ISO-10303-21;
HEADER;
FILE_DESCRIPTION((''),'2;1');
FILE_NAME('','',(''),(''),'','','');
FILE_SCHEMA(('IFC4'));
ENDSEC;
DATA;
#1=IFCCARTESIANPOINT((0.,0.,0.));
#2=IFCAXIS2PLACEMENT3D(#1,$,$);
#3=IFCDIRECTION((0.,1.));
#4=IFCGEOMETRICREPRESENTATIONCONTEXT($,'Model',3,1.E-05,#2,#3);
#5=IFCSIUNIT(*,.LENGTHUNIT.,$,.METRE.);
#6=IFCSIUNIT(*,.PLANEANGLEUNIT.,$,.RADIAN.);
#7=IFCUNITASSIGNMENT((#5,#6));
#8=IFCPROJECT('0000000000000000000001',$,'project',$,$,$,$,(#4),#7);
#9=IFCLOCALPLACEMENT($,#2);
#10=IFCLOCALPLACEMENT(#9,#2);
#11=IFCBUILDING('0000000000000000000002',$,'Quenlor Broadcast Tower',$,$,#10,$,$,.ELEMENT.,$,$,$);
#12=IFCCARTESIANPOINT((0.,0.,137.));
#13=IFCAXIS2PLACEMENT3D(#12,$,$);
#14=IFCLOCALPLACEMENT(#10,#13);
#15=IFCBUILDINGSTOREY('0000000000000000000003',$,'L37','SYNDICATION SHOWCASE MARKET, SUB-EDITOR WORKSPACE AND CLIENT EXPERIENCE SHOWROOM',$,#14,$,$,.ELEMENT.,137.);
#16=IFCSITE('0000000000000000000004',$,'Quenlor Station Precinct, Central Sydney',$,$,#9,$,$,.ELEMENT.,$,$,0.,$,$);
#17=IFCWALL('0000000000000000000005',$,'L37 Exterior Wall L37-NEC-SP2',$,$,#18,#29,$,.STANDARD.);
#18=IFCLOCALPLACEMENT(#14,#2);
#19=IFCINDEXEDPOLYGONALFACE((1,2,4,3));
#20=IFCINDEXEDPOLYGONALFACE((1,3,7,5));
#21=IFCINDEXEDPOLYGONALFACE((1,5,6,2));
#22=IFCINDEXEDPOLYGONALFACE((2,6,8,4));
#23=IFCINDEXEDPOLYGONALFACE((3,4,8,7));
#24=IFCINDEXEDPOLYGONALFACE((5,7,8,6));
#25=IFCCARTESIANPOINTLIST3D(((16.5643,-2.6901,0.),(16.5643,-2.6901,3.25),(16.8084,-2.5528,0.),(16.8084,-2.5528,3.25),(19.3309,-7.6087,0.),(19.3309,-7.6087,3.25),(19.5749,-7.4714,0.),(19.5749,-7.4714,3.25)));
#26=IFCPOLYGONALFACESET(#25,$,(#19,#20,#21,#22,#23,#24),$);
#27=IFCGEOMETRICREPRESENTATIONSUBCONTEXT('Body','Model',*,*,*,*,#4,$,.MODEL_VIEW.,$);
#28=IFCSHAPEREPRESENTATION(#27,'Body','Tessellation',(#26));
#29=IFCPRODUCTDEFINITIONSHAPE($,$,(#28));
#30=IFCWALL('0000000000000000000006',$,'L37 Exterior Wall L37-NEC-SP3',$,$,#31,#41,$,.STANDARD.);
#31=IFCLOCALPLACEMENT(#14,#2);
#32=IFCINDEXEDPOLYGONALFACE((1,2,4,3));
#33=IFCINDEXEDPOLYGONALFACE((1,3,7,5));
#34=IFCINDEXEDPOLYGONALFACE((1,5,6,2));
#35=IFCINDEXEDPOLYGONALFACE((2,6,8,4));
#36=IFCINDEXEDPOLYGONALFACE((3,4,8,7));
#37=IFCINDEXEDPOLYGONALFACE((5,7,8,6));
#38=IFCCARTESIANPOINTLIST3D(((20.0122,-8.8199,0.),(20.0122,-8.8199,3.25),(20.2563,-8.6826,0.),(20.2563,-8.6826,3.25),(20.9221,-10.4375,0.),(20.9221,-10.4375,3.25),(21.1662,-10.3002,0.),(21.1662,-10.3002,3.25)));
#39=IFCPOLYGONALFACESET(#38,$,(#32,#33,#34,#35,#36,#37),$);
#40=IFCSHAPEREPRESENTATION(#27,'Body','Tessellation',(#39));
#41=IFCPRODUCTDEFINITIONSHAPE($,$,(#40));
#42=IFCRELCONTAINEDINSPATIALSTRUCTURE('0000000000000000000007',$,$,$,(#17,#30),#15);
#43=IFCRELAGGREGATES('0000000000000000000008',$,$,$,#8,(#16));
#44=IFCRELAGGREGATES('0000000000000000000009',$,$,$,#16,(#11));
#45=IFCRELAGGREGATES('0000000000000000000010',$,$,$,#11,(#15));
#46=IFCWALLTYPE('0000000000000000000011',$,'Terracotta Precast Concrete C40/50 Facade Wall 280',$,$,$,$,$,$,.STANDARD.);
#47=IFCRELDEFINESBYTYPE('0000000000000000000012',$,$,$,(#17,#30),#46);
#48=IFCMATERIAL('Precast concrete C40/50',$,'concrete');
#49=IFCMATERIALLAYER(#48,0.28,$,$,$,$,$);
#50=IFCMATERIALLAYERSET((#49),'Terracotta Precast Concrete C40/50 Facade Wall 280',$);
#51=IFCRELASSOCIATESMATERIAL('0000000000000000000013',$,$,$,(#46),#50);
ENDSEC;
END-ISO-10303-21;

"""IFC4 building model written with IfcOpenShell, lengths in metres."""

from ifc_helpers import new_model, si_unit, direction, frame, frame_2d, origin, place, context, subcontext, project, spatial, rectangle, extrude, material, layer, layer_set, type_object, element, save


model = new_model("IFC4")

# Units and contexts
model_context = context("Model", 3, precision=1e-05, world=origin(), true_north=direction((0.0, 1.0)))
body_context = subcontext(model_context, "Body", "Model", "MODEL_VIEW")
ifc_project = project(units=[si_unit("LENGTHUNIT", "METRE"), si_unit("PLANEANGLEUNIT", "RADIAN")], contexts=[model_context])

# Site, building, storey
site_placement = place(None, origin())
site = spatial("IfcSite", under=ifc_project, at=site_placement, Name="Quenlor Station Precinct, Central Sydney", CompositionType="ELEMENT", RefElevation=0.0)
building_placement = place(site_placement, origin())
building = spatial("IfcBuilding", under=site, at=building_placement, Name="Quenlor Broadcast Tower", CompositionType="ELEMENT")
storey_placement = place(building_placement, frame((0.0, 0.0, 137.0)))
storey = spatial("IfcBuildingStorey", under=building, at=storey_placement, Name="L37", Description="SYNDICATION SHOWCASE MARKET, SUB-EDITOR WORKSPACE AND CLIENT EXPERIENCE SHOWROOM", CompositionType="ELEMENT", Elevation=137.0)

# Walls
ifc_material_1 = material(Name="Precast concrete C40/50", Category="concrete")
ifc_layer_1 = layer(ifc_material_1, 0.28)
ifc_layer_set_1 = layer_set([ifc_layer_1], Name="Terracotta Precast Concrete C40/50 Facade Wall 280")
wall_type_1 = type_object("IfcWallType", Name="Terracotta Precast Concrete C40/50 Facade Wall 280", PredefinedType="STANDARD", material=ifc_layer_set_1)
wall_1_placement = place(storey_placement, frame((16.6863, -2.6213, 0.0), z_axis=(0.0, 0.0, 1.0), x_axis=(0.490239, -0.871588, 0.0)))
element("IfcWall", 1, at=wall_1_placement, inside=storey, type_object=wall_type_1, Name="L37 Exterior Wall L37-NEC-SP2", PredefinedType="STANDARD", context=body_context, shape_type="SweptSolid", body=[
    extrude(rectangle(XDim=5.6433, YDim=0.28, at=frame_2d((2.8218, 0.0))), origin(), (0.0, 0.0, 1.0), 3.25),
])
wall_2_placement = place(storey_placement, frame((20.1343, -8.7512, 0.0), z_axis=(0.0, 0.0, 1.0), x_axis=(0.490249, -0.871583, 0.0)))
element("IfcWall", 2, at=wall_2_placement, inside=storey, type_object=wall_type_1, Name="L37 Exterior Wall L37-NEC-SP3", PredefinedType="STANDARD", context=body_context, shape_type="SweptSolid", body=[
    extrude(rectangle(XDim=1.856, YDim=0.28, at=frame_2d((0.928, 0.0))), origin(), (0.0, 0.0, 1.0), 3.25),
])

save(model, "model.ifc")
